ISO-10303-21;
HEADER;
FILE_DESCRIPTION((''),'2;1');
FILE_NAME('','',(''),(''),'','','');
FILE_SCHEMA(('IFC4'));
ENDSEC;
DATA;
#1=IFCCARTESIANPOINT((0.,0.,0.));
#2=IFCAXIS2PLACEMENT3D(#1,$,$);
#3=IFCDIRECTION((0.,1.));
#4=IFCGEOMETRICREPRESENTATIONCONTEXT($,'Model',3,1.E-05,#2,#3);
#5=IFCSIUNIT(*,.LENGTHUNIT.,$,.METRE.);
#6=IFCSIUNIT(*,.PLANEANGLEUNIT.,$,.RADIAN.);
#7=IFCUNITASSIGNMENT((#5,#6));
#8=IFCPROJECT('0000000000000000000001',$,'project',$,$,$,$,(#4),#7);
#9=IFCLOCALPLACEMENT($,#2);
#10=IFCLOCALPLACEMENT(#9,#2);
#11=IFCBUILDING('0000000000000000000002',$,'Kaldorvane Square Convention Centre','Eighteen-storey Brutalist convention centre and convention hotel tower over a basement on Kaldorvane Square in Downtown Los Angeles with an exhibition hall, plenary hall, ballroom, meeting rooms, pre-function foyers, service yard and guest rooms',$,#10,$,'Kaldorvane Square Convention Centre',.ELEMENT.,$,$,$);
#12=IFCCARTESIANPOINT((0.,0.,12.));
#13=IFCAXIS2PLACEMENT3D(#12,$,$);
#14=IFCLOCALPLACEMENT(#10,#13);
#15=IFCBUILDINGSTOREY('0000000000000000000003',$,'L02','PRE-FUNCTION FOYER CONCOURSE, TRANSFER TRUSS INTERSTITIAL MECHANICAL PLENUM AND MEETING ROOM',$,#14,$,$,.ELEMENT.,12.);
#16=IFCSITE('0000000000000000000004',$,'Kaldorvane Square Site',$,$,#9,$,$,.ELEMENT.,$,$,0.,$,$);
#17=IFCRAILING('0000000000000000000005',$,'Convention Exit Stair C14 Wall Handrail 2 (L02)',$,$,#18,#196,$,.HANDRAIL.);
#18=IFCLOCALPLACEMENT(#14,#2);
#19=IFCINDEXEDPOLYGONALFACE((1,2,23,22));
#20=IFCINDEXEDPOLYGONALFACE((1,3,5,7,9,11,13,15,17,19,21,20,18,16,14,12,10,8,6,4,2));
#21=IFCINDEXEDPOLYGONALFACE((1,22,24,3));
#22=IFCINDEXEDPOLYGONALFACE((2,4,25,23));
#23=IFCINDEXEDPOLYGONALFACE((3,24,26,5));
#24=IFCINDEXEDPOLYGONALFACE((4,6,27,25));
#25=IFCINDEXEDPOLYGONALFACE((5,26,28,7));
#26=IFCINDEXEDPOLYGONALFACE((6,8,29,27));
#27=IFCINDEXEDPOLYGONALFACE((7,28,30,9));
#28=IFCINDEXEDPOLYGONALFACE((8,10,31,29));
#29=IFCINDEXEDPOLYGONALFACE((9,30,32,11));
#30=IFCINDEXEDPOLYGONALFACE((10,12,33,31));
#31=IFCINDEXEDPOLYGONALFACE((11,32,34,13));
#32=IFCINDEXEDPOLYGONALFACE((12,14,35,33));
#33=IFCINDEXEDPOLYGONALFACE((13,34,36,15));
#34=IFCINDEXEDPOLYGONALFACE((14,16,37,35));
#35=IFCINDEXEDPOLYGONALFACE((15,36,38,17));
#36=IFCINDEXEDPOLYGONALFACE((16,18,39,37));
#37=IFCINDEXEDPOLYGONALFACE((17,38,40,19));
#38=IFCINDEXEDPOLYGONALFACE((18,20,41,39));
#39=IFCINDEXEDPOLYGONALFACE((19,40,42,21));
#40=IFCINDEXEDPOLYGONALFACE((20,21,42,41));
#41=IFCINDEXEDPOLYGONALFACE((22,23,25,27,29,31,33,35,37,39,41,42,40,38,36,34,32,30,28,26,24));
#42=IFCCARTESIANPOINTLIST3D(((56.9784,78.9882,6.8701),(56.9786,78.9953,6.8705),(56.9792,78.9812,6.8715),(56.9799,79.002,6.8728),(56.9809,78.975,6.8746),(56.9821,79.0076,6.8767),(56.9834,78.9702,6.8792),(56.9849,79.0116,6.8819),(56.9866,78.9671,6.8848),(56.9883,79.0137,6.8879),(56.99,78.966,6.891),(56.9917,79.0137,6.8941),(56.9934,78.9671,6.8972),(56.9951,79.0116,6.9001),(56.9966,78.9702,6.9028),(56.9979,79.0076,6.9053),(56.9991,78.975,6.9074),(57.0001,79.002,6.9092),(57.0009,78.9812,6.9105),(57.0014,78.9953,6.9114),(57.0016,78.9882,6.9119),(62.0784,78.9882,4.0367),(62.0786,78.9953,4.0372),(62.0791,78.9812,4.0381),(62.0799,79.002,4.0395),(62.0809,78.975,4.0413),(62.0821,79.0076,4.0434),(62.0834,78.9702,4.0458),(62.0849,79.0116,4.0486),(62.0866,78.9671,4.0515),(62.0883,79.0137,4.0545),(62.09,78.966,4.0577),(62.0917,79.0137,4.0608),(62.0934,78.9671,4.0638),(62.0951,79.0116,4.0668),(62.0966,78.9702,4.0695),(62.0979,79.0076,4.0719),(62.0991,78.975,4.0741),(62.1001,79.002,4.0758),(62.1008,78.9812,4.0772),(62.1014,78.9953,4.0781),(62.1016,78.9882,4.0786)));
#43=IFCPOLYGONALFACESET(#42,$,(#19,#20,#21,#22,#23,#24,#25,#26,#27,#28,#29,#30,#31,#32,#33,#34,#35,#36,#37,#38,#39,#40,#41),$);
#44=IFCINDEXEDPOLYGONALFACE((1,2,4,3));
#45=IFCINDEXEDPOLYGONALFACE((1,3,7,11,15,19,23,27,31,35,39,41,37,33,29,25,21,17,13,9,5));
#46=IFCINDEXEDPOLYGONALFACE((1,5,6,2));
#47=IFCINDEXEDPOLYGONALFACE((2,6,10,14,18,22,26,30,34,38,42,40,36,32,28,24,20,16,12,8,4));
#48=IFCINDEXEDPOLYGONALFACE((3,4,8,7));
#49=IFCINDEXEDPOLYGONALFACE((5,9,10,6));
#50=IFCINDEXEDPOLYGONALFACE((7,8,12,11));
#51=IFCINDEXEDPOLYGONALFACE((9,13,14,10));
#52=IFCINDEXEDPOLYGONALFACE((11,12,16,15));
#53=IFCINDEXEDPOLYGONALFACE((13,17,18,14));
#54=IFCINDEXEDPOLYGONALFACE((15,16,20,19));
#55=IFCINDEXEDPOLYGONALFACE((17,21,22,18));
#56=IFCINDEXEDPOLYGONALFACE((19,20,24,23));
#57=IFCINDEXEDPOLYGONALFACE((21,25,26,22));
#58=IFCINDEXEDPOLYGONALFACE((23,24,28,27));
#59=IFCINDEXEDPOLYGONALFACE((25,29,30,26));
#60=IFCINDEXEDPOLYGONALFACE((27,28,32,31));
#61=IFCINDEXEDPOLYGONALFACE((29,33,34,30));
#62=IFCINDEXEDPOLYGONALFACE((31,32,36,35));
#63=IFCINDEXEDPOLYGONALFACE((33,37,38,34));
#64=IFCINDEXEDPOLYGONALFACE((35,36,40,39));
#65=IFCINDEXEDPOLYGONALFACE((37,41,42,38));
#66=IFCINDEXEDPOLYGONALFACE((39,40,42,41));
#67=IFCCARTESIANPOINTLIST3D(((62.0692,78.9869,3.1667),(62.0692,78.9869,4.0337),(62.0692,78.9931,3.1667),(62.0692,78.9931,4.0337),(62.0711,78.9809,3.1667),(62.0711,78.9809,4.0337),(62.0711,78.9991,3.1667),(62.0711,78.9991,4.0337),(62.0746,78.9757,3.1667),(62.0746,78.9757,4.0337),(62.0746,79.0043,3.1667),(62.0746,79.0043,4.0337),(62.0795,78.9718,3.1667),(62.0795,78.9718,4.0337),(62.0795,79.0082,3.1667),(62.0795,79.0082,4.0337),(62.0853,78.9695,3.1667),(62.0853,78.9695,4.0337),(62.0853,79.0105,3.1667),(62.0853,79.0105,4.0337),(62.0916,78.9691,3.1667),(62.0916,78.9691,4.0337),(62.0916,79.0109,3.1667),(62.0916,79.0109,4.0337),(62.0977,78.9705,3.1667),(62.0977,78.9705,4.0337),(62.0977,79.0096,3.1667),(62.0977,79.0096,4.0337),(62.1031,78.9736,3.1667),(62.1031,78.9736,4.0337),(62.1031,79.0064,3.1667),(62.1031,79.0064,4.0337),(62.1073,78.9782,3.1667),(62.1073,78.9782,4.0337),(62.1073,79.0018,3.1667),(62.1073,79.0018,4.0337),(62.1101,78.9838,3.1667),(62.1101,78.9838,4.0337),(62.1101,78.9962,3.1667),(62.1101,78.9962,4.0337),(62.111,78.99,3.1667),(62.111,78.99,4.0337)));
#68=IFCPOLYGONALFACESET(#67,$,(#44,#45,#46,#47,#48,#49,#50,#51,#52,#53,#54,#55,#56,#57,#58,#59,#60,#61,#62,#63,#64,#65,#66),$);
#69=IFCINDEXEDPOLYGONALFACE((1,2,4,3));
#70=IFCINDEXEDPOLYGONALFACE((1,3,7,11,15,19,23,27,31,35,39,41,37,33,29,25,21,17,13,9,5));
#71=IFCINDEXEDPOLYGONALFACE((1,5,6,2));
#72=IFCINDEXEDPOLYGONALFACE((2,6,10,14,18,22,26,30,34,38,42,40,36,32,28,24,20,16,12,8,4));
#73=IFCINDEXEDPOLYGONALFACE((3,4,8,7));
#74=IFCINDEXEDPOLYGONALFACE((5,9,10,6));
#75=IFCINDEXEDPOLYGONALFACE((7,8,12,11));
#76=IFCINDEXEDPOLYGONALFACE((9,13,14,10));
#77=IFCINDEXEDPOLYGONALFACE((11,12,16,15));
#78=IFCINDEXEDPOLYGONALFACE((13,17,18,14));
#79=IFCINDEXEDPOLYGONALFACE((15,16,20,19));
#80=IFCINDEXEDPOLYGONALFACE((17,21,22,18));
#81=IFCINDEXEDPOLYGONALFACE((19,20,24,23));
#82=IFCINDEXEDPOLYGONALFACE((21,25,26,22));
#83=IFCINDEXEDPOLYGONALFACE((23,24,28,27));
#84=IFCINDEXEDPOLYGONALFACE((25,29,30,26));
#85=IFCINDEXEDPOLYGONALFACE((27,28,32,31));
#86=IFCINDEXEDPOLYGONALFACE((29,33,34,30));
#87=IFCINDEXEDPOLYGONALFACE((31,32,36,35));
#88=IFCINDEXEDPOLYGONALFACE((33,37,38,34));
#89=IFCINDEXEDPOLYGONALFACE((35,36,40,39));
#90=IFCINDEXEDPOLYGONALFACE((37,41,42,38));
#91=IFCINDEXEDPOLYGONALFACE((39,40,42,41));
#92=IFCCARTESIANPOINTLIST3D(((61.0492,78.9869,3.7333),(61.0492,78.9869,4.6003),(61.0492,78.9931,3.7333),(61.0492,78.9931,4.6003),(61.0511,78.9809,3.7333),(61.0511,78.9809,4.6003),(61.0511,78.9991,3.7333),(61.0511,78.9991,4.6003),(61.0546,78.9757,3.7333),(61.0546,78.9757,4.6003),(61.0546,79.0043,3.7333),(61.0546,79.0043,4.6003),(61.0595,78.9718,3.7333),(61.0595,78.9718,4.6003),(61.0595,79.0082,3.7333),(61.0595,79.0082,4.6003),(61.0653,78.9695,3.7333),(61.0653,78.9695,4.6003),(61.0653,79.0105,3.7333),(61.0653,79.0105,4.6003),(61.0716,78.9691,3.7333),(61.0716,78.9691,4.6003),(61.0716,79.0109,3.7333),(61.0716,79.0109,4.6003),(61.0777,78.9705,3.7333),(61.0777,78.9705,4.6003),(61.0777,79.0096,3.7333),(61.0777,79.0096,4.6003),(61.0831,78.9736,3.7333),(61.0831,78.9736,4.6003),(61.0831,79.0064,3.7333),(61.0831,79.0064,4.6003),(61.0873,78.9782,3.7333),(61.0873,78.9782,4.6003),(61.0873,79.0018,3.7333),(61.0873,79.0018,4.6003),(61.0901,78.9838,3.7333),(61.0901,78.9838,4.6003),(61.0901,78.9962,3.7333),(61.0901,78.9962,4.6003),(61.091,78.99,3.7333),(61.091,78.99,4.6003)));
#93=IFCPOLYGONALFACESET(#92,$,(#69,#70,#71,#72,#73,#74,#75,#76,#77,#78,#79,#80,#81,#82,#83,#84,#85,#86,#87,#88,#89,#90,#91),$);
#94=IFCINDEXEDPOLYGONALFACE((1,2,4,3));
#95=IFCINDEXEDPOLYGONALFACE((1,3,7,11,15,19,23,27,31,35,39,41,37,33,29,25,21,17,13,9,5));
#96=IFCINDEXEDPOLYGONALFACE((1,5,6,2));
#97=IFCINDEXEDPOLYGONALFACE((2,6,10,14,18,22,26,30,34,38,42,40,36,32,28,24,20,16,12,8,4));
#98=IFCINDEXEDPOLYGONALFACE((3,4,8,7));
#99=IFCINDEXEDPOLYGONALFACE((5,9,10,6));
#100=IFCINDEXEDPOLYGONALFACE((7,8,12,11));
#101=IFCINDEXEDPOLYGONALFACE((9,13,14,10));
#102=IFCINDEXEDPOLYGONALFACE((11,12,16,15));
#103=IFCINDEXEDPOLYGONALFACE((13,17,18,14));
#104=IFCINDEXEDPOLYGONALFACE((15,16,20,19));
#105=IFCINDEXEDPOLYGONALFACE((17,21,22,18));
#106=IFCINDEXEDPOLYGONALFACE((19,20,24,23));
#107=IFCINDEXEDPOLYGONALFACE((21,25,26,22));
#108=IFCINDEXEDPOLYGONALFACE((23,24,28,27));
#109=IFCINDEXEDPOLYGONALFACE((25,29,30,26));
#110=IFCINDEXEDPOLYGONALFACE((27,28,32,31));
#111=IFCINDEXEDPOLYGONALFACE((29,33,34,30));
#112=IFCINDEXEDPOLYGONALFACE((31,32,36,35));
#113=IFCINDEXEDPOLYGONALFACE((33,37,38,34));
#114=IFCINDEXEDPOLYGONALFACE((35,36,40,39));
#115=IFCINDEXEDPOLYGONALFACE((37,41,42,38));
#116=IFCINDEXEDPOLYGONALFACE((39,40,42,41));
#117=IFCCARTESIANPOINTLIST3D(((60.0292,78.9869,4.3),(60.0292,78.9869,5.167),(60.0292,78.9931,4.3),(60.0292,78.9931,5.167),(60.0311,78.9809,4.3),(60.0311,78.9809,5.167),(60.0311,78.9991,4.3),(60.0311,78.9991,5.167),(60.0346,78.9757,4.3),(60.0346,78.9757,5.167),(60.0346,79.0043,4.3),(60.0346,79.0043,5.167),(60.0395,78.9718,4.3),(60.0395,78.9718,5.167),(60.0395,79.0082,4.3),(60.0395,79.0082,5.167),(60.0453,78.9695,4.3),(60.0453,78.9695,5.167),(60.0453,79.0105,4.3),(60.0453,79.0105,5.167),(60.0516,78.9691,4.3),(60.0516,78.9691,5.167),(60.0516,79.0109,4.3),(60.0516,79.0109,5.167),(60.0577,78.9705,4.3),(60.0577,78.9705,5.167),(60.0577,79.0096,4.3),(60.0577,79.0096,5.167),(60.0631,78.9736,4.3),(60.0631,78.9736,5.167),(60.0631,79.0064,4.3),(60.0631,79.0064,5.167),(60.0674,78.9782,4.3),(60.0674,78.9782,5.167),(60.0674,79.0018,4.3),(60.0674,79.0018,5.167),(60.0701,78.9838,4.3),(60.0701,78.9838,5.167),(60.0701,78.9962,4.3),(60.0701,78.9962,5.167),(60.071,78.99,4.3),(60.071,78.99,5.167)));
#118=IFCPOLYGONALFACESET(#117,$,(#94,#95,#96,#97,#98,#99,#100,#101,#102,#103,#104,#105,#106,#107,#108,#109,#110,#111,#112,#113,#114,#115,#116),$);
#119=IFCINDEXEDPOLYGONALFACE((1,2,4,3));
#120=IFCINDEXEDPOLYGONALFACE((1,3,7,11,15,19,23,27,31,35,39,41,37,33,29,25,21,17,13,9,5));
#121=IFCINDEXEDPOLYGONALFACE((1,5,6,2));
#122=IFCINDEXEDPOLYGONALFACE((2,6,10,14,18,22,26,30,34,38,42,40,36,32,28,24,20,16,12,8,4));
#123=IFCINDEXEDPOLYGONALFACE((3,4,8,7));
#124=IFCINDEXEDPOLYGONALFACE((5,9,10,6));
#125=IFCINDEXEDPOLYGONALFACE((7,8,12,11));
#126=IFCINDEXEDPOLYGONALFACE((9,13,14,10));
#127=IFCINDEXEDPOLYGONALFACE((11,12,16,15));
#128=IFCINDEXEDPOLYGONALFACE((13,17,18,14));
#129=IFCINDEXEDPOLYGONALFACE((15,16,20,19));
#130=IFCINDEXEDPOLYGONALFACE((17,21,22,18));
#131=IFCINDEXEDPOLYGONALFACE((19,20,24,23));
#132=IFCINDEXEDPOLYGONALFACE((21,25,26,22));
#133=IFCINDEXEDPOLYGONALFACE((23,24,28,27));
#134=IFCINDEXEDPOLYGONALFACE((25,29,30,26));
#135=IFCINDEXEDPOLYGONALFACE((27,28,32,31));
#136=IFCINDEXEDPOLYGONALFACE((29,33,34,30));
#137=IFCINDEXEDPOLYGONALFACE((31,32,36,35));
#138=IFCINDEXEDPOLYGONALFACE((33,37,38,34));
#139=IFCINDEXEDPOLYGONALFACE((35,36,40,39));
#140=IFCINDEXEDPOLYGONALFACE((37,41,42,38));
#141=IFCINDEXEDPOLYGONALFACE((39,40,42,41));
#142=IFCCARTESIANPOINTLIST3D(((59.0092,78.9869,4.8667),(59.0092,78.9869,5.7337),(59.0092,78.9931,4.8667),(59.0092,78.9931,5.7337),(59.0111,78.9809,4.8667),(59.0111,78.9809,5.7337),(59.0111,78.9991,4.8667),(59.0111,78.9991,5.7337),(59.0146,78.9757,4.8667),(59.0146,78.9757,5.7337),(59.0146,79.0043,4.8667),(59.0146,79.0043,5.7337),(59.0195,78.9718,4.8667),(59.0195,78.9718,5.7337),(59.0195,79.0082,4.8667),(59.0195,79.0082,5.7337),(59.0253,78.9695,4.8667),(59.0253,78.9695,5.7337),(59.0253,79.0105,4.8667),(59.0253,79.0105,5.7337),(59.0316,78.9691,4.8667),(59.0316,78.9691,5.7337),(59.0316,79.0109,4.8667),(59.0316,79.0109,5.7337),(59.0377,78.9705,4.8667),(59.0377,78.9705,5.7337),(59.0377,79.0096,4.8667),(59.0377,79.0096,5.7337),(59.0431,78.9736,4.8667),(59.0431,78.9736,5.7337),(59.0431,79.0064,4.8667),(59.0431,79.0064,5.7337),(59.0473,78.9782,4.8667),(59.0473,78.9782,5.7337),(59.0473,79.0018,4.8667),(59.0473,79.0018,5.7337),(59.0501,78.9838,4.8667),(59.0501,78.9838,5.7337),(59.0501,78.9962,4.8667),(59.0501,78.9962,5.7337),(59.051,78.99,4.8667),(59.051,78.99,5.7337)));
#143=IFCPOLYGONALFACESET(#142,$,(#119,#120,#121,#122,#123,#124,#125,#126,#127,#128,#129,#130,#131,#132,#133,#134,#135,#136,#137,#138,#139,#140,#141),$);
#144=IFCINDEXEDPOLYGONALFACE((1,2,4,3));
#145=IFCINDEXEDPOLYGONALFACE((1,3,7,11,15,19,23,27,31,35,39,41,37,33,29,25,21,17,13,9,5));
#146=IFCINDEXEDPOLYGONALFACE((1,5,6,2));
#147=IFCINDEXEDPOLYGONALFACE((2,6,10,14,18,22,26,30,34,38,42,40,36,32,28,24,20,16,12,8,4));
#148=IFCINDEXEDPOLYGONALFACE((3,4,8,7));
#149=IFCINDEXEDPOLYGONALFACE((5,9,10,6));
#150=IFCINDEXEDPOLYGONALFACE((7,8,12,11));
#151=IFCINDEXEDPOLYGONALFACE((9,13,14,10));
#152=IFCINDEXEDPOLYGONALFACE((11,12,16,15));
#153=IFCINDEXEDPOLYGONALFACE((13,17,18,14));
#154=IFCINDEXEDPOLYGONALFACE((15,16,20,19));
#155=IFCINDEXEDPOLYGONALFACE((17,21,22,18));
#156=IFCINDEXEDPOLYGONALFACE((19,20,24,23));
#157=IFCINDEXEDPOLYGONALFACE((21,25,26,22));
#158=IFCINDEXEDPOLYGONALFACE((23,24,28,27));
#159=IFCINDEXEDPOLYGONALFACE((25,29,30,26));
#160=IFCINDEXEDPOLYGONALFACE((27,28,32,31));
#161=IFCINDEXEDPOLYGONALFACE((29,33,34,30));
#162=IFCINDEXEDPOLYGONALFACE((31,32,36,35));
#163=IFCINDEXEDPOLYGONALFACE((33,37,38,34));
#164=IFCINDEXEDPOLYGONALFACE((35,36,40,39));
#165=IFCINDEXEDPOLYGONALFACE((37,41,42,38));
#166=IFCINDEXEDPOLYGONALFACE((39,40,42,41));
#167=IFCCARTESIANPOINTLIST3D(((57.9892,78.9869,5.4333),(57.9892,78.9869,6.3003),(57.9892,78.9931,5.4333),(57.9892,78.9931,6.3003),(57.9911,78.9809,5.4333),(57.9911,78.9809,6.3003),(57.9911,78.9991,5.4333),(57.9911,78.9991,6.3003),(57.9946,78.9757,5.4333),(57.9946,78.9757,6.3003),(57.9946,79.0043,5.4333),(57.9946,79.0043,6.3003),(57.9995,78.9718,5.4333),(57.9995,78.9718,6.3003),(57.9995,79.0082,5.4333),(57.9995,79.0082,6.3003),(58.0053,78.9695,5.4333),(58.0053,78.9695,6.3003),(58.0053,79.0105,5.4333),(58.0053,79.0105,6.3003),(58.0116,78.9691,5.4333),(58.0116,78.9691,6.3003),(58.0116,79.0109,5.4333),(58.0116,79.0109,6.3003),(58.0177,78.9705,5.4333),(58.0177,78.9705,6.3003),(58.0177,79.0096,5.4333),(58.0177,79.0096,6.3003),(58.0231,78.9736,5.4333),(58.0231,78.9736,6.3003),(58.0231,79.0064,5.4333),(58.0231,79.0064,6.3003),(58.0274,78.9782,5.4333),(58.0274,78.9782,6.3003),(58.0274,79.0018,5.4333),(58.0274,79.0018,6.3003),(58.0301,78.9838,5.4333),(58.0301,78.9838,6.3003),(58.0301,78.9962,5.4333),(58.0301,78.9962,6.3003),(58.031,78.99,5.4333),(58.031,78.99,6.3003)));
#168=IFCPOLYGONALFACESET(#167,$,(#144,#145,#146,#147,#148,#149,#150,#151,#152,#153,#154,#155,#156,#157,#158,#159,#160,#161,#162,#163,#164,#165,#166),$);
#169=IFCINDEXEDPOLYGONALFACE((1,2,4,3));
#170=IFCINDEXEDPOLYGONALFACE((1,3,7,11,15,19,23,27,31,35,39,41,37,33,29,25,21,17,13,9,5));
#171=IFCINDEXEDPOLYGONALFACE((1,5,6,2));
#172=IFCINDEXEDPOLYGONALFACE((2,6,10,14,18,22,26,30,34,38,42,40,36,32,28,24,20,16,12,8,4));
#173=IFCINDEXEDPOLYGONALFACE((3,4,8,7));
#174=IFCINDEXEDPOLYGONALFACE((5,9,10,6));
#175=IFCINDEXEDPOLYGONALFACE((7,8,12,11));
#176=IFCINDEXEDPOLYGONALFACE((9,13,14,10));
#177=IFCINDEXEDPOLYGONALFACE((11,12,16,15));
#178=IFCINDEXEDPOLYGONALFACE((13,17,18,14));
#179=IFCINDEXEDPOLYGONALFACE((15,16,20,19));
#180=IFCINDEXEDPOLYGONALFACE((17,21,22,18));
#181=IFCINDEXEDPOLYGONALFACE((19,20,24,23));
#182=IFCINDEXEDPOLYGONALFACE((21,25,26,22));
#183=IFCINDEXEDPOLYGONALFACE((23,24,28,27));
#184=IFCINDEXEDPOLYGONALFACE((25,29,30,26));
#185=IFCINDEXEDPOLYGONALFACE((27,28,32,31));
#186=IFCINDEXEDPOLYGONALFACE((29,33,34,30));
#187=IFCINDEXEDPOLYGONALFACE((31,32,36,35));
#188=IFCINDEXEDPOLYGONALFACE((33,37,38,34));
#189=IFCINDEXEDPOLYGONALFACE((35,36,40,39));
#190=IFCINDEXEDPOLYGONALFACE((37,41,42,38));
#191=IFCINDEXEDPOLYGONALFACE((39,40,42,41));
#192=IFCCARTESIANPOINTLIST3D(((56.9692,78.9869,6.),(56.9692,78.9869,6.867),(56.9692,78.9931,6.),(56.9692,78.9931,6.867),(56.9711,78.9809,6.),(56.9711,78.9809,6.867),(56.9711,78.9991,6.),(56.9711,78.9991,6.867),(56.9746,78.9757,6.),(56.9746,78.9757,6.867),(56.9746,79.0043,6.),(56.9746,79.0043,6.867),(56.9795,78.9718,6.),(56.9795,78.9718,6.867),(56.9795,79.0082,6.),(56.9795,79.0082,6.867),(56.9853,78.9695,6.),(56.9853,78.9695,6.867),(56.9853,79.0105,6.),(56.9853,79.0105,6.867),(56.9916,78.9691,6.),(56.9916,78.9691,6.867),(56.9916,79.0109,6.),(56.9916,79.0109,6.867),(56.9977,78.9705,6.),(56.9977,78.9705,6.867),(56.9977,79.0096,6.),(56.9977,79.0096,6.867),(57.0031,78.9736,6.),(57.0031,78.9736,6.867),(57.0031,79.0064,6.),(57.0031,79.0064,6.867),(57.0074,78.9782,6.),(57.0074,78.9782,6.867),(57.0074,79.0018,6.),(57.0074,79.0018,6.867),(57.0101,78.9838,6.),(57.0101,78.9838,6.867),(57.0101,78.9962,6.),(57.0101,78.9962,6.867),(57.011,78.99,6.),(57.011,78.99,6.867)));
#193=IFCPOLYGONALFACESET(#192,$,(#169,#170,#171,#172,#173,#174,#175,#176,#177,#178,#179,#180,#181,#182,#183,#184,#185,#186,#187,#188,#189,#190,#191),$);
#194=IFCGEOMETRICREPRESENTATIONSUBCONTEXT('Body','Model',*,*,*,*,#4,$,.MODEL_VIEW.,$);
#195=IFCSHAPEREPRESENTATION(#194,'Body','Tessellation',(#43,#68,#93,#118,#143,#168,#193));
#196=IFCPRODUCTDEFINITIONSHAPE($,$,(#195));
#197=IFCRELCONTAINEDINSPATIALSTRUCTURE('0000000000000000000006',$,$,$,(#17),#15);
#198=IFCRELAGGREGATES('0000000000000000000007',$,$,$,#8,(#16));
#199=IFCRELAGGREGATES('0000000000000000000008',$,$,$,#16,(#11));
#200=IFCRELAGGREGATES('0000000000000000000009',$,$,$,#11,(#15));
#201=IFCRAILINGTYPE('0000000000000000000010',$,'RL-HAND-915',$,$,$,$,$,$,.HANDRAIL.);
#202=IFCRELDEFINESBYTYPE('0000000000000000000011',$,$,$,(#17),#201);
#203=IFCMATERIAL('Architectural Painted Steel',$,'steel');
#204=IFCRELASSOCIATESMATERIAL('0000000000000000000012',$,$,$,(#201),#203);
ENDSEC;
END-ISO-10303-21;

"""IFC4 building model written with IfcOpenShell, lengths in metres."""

from ifc_helpers import new_model, si_unit, direction, frame, origin, origin_2d, place, context, subcontext, project, spatial, circle, extrude, material, type_object, element, save


model = new_model("IFC4")

# Units and contexts
model_context = context("Model", 3, precision=1e-05, world=origin(), true_north=direction((0.0, 1.0)))
body_context = subcontext(model_context, "Body", "Model", "MODEL_VIEW")
ifc_project = project(units=[si_unit("LENGTHUNIT", "METRE"), si_unit("PLANEANGLEUNIT", "RADIAN")], contexts=[model_context])

# Site, building, storey
site_placement = place(None, origin())
site = spatial("IfcSite", under=ifc_project, at=site_placement, Name="Kaldorvane Square Site", CompositionType="ELEMENT", RefElevation=0.0)
building_placement = place(site_placement, origin())
building = spatial("IfcBuilding", under=site, at=building_placement, Name="Kaldorvane Square Convention Centre", Description="Eighteen-storey Brutalist convention centre and convention hotel tower over a basement on Kaldorvane Square in Downtown Los Angeles with an exhibition hall, plenary hall, ballroom, meeting rooms, pre-function foyers, service yard and guest rooms", LongName="Kaldorvane Square Convention Centre", CompositionType="ELEMENT")
storey_placement = place(building_placement, frame((0.0, 0.0, 12.0)))
storey = spatial("IfcBuildingStorey", under=building, at=storey_placement, Name="L02", Description="PRE-FUNCTION FOYER CONCOURSE, TRANSFER TRUSS INTERSTITIAL MECHANICAL PLENUM AND MEETING ROOM", CompositionType="ELEMENT", Elevation=12.0)

# Railing
ifc_material_1 = material(Name="Architectural Painted Steel", Category="steel")
railing_type_1 = type_object("IfcRailingType", Name="RL-HAND-915", PredefinedType="HANDRAIL", material=ifc_material_1)
railing_1_placement = place(storey_placement, frame((62.09, 78.99, 3.1667)))
element("IfcRailing", 1, at=railing_1_placement, inside=storey, type_object=railing_type_1, Name="Convention Exit Stair C14 Wall Handrail 2 (L02)", PredefinedType="HANDRAIL", context=body_context, shape_type="SweptSolid", body=[
    extrude(circle(Radius=0.024, at=origin_2d()), frame((0.0, 0.0, 0.891), z_axis=(-0.874157, 0.0, 0.485643), x_axis=(0.0, -1.0, 0.0)), (0.0, 0.0, 1.0), 5.8342),
    extrude(circle(Radius=0.021, at=origin_2d()), origin(), (0.0, 0.0, 1.0), 0.867),
    extrude(circle(Radius=0.021, at=origin_2d()), frame((-1.02, 0.0, 0.5667)), (0.0, 0.0, 1.0), 0.867),
    extrude(circle(Radius=0.021, at=origin_2d()), frame((-2.04, 0.0, 1.1333)), (0.0, 0.0, 1.0), 0.867),
    extrude(circle(Radius=0.021, at=origin_2d()), frame((-3.06, 0.0, 1.7)), (0.0, 0.0, 1.0), 0.867),
    extrude(circle(Radius=0.021, at=origin_2d()), frame((-4.08, 0.0, 2.2667)), (0.0, 0.0, 1.0), 0.867),
    extrude(circle(Radius=0.021, at=origin_2d()), frame((-5.1, 0.0, 2.8333)), (0.0, 0.0, 1.0), 0.867),
])

save(model, "model.ifc")
